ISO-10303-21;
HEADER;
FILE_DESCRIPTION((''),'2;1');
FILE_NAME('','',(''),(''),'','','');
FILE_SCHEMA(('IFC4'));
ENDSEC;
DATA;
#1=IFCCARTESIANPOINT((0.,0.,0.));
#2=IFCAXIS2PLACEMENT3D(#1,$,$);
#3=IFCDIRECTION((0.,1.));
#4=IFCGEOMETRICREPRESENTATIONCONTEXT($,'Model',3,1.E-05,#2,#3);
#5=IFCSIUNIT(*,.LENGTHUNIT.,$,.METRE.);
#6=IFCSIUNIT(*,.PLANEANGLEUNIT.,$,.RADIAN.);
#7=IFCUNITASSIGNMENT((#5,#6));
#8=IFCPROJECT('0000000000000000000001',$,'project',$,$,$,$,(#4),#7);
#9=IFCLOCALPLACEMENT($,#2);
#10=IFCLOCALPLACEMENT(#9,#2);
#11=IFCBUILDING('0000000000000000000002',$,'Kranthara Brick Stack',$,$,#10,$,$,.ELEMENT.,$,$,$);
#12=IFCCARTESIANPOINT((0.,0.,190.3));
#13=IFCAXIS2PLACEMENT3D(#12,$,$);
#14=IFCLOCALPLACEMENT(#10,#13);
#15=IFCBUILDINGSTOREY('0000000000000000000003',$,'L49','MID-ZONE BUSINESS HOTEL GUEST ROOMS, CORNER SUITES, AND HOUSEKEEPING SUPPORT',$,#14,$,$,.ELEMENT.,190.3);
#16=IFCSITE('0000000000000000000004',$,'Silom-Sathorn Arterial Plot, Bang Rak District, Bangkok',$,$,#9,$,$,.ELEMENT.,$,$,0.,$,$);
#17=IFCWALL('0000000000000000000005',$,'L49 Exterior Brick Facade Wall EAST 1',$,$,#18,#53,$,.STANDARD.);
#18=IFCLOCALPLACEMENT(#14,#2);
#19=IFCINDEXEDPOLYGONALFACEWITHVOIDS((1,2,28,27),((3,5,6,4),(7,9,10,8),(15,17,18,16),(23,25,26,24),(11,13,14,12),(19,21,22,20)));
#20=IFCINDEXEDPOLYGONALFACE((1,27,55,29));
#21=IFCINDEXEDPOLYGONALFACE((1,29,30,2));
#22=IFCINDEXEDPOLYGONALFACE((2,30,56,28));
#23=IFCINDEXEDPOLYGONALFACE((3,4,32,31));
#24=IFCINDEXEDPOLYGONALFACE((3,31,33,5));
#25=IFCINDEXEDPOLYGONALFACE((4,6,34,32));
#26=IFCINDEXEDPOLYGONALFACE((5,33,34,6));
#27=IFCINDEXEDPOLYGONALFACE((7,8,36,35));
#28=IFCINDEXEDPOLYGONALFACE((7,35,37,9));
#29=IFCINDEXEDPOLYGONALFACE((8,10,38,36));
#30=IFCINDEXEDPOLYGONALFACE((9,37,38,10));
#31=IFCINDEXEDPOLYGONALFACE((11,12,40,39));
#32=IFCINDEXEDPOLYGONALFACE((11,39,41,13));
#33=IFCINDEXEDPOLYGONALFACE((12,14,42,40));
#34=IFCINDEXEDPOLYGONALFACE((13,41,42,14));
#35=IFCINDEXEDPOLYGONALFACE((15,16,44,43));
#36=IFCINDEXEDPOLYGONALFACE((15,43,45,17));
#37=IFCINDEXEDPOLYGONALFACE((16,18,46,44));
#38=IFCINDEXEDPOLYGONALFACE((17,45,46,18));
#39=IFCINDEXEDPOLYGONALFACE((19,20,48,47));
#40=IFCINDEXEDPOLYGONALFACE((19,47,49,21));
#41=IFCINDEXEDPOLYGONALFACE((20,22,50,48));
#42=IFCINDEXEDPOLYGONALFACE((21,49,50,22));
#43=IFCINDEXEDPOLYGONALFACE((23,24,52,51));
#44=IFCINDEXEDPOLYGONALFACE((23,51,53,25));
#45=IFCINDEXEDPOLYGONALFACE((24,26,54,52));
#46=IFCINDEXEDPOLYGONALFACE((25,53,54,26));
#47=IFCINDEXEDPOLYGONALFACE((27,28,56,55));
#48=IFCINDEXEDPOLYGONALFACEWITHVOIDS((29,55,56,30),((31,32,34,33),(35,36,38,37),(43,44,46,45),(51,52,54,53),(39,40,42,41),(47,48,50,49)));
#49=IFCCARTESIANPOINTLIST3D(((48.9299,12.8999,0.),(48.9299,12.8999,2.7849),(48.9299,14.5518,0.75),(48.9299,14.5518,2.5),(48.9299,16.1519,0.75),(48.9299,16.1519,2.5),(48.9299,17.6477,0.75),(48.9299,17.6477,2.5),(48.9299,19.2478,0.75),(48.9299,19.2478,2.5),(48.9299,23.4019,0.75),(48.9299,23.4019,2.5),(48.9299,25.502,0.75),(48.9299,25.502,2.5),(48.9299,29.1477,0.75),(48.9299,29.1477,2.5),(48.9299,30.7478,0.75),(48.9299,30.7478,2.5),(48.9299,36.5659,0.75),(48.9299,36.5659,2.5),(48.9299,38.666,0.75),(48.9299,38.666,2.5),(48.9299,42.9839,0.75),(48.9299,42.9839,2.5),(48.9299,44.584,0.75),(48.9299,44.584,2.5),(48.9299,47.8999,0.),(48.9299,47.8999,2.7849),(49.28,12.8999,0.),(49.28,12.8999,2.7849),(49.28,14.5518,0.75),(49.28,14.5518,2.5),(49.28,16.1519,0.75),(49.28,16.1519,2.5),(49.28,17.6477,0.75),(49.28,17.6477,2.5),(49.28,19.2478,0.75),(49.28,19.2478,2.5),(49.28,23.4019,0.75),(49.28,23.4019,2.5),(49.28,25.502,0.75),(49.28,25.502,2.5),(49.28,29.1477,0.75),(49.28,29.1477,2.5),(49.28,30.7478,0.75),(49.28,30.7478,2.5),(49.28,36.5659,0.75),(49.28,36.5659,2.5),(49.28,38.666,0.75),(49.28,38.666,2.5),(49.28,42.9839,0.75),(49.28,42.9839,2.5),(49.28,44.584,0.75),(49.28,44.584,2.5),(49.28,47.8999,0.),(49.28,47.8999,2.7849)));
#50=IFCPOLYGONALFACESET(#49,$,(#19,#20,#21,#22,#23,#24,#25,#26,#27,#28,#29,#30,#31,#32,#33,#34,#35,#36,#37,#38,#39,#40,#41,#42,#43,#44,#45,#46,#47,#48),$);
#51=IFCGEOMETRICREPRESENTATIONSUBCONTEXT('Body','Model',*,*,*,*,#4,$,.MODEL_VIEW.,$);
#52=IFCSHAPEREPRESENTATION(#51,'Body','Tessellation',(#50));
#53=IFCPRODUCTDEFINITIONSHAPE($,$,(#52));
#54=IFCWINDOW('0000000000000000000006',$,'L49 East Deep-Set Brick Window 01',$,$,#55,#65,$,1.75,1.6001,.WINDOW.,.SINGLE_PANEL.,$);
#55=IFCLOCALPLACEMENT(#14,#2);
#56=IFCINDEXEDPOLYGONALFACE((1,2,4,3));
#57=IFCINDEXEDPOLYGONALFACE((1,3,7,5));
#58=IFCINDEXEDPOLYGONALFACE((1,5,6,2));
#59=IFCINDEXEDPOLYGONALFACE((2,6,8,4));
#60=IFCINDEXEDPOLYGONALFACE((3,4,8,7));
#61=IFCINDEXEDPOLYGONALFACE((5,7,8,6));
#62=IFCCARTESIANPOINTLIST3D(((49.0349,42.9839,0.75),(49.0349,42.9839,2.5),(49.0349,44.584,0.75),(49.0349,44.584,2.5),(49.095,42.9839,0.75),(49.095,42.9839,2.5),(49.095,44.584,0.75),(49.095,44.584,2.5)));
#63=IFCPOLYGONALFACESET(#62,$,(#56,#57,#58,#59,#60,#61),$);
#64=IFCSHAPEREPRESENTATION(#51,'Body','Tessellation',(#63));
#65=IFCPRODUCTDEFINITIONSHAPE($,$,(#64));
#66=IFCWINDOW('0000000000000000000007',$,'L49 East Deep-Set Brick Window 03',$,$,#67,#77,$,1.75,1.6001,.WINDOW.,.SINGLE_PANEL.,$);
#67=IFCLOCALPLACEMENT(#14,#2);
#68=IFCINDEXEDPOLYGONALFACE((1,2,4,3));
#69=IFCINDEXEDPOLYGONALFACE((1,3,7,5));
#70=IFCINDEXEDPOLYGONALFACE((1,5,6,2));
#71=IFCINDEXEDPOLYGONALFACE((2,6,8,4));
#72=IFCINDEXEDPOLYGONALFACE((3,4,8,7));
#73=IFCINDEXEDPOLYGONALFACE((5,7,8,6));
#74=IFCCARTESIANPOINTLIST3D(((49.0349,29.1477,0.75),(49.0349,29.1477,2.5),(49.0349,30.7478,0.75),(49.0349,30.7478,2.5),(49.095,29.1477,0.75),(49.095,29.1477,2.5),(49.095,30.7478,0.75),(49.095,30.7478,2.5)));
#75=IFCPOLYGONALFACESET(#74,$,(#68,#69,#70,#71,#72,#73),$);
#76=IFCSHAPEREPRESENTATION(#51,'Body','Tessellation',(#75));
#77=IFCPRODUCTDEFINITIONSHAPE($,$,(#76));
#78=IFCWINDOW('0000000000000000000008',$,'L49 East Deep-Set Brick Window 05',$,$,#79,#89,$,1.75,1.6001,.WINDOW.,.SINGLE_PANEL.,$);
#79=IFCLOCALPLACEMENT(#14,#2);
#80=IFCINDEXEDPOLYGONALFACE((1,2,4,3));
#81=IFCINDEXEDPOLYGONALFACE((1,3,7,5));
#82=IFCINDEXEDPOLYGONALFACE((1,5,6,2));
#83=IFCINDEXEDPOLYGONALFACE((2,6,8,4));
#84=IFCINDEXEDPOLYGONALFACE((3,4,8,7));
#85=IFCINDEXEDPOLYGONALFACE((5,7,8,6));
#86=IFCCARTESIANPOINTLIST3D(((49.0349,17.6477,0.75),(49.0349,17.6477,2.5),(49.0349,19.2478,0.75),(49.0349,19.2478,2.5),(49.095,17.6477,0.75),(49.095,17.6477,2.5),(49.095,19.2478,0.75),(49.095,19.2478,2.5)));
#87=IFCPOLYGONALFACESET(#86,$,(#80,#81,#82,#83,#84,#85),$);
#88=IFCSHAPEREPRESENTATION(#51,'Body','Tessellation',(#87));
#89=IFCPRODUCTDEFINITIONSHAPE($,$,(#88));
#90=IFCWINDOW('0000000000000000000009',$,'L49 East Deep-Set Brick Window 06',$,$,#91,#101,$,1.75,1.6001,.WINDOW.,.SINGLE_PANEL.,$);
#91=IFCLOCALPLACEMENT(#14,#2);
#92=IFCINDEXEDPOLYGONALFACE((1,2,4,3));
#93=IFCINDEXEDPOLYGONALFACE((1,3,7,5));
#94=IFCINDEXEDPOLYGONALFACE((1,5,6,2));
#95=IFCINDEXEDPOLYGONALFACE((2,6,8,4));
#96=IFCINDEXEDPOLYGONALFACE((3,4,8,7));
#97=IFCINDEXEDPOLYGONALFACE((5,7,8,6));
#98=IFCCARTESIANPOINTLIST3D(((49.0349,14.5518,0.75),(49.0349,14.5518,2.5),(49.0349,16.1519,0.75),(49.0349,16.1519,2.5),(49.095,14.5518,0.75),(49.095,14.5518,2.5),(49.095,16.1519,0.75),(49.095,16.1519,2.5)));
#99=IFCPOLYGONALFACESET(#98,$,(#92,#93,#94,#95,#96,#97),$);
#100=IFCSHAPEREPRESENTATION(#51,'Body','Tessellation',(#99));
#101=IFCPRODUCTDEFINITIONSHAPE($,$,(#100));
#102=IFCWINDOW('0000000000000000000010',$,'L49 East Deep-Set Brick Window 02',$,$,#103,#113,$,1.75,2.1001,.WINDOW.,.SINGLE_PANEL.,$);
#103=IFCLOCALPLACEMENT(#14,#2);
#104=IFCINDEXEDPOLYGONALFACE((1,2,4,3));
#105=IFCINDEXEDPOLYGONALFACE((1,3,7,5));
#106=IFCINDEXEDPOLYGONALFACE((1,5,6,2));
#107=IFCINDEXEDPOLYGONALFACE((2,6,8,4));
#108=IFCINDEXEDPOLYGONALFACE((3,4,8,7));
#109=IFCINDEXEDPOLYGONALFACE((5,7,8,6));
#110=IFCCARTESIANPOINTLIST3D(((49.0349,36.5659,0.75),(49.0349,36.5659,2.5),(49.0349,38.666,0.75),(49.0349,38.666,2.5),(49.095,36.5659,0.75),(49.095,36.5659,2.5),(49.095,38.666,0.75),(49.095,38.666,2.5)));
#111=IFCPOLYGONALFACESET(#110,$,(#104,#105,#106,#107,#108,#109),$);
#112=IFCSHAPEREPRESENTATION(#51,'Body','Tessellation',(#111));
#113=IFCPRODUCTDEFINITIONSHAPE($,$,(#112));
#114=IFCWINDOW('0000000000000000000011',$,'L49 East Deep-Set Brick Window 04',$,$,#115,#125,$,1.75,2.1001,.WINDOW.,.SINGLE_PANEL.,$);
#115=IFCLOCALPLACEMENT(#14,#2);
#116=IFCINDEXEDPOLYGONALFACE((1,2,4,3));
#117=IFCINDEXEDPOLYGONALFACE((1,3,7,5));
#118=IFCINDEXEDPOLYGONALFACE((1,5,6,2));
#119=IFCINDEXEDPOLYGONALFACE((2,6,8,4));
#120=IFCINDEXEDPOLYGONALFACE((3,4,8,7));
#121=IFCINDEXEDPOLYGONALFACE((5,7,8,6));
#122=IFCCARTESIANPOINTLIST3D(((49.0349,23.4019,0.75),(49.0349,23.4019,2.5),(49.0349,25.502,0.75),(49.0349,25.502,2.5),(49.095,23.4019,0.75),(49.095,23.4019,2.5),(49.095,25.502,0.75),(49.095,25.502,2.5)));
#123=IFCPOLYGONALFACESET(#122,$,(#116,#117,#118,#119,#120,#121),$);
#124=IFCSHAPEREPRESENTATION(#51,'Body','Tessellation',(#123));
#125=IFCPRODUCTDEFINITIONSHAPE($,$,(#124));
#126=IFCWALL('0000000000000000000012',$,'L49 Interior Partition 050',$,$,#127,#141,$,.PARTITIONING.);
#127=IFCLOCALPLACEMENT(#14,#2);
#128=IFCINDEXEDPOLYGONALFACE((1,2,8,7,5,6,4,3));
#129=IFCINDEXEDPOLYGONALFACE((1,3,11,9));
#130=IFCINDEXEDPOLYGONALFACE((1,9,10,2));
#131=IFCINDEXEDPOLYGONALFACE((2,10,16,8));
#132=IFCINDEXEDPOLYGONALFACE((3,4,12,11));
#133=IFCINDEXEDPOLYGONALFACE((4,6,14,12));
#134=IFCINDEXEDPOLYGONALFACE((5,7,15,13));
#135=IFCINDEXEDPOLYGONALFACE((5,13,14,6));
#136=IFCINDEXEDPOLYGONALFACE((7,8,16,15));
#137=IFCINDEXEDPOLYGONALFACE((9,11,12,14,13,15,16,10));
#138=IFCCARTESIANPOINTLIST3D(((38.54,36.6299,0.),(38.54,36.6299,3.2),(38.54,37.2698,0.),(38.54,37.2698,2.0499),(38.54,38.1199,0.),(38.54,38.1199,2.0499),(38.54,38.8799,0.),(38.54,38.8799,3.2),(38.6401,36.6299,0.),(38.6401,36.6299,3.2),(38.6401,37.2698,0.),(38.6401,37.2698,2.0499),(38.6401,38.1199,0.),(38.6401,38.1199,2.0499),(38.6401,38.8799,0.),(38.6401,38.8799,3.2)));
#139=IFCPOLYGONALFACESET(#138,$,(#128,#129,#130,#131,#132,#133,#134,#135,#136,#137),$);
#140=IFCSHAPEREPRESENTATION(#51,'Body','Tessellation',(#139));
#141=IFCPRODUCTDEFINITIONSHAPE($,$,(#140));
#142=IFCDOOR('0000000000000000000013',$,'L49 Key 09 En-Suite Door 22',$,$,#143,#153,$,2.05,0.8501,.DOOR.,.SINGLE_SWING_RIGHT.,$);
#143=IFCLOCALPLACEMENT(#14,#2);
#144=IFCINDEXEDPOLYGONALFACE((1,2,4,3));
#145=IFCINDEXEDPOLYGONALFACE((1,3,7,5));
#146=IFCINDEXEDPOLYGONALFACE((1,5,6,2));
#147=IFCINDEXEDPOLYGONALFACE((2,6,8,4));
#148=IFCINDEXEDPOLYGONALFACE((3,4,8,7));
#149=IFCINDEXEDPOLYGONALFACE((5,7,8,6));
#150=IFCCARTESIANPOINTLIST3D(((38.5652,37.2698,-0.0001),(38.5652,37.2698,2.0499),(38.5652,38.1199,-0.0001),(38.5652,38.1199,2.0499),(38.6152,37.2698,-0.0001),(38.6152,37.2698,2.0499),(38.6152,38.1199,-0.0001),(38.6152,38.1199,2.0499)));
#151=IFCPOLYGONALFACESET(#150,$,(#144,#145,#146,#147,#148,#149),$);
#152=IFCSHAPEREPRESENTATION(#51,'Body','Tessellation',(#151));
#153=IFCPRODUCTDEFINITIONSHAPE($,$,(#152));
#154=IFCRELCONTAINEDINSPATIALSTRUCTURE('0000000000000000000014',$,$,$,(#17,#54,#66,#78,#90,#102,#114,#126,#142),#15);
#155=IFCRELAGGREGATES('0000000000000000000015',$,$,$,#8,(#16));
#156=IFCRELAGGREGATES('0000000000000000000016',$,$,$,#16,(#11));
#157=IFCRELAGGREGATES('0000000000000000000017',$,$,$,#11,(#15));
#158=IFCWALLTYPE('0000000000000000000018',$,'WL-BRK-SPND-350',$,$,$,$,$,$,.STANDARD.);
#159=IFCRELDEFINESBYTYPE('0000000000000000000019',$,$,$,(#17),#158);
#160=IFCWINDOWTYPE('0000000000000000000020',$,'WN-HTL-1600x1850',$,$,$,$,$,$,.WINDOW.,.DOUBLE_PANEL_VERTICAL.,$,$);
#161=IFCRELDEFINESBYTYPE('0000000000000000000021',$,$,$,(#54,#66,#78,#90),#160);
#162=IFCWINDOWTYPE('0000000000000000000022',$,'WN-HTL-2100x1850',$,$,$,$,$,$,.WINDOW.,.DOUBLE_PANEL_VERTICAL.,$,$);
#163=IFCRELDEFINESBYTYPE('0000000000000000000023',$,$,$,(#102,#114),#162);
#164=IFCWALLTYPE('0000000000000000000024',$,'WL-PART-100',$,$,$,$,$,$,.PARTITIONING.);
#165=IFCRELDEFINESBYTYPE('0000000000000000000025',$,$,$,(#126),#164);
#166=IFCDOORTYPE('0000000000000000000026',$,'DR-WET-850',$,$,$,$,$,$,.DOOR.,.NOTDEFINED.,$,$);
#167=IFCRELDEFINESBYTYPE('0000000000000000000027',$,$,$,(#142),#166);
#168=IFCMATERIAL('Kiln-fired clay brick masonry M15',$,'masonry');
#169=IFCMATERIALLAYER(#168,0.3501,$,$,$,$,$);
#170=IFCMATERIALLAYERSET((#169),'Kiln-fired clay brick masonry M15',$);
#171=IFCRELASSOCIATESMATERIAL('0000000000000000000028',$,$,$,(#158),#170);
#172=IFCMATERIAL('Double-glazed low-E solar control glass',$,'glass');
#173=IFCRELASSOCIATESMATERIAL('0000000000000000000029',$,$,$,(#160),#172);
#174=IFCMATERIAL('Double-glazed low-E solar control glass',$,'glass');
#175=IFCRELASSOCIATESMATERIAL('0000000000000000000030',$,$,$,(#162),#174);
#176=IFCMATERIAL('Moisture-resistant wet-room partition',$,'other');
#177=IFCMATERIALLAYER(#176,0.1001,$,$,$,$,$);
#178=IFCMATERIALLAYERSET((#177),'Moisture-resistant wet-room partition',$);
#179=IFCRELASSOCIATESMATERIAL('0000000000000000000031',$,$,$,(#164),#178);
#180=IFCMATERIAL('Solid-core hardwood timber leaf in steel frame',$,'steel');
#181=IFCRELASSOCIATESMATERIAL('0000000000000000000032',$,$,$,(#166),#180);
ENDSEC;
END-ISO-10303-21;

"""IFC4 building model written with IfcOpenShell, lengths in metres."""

from ifc_helpers import new_model, si_unit, direction, frame, frame_2d, origin, place, context, subcontext, project, spatial, rectangle, extrude, material, layer, layer_set, type_object, element, fill, save


model = new_model("IFC4")

# Units and contexts
model_context = context("Model", 3, precision=1e-05, world=origin(), true_north=direction((0.0, 1.0)))
body_context = subcontext(model_context, "Body", "Model", "MODEL_VIEW")
ifc_project = project(units=[si_unit("LENGTHUNIT", "METRE"), si_unit("PLANEANGLEUNIT", "RADIAN")], contexts=[model_context])

# Site, building, storey
site_placement = place(None, origin())
site = spatial("IfcSite", under=ifc_project, at=site_placement, Name="Silom-Sathorn Arterial Plot, Bang Rak District, Bangkok", CompositionType="ELEMENT", RefElevation=0.0)
building_placement = place(site_placement, origin())
building = spatial("IfcBuilding", under=site, at=building_placement, Name="Kranthara Brick Stack", CompositionType="ELEMENT")
storey_placement = place(building_placement, frame((0.0, 0.0, 190.3)))
storey = spatial("IfcBuildingStorey", under=building, at=storey_placement, Name="L49", Description="MID-ZONE BUSINESS HOTEL GUEST ROOMS, CORNER SUITES, AND HOUSEKEEPING SUPPORT", CompositionType="ELEMENT", Elevation=190.3)

# Shared definitions
ifc_material_1 = material(Name="Kiln-fired clay brick masonry M15", Category="masonry")
ifc_layer_1 = layer(ifc_material_1, 0.3501)
ifc_layer_set_1 = layer_set([ifc_layer_1], Name="Kiln-fired clay brick masonry M15")
wall_type_1 = type_object("IfcWallType", Name="WL-BRK-SPND-350", PredefinedType="STANDARD", material=ifc_layer_set_1)

# Wall, openings, windows
wall_1_placement = place(storey_placement, frame((49.105, 47.8999, 0.0), z_axis=(0.0, 0.0, 1.0), x_axis=(0.0, -1.0, 0.0)))
wall_1 = element("IfcWall", 1, at=wall_1_placement, inside=storey, type_object=wall_type_1, Name="L49 Exterior Brick Facade Wall EAST 1", PredefinedType="STANDARD", context=body_context, shape_type="SweptSolid", body=[
    extrude(rectangle(XDim=35.0, YDim=0.3501, at=frame_2d((17.5, 0.0))), origin(), (0.0, 0.0, 1.0), 2.7849),
])
opening_1_placement = place(wall_1_placement, frame((3.3159, 0.0, 0.75)))
opening_1 = element("IfcOpeningElement", 2, at=opening_1_placement, cuts=wall_1, PredefinedType="OPENING", context=body_context, shape_type="SweptSolid", body=[
    extrude(rectangle(XDim=1.6001, YDim=1.75, at=frame_2d((0.8, 0.875))), frame((0.0, 0.1851, 0.0), z_axis=(0.0, -1.0, 0.0), x_axis=(1.0, 0.0, 0.0)), (0.0, 0.0, 1.0), 0.3701),
])
opening_2_placement = place(wall_1_placement, frame((9.2339, 0.0, 0.75)))
opening_2 = element("IfcOpeningElement", 3, at=opening_2_placement, cuts=wall_1, PredefinedType="OPENING", context=body_context, shape_type="SweptSolid", body=[
    extrude(rectangle(XDim=2.1001, YDim=1.75, at=frame_2d((1.05, 0.875))), frame((0.0, 0.1851, 0.0), z_axis=(0.0, -1.0, 0.0), x_axis=(1.0, 0.0, 0.0)), (0.0, 0.0, 1.0), 0.3701),
])
opening_3_placement = place(wall_1_placement, frame((17.1521, 0.0, 0.75)))
opening_3 = element("IfcOpeningElement", 4, at=opening_3_placement, cuts=wall_1, PredefinedType="OPENING", context=body_context, shape_type="SweptSolid", body=[
    extrude(rectangle(XDim=1.6001, YDim=1.75, at=frame_2d((0.8, 0.875))), frame((0.0, 0.1851, 0.0), z_axis=(0.0, -1.0, 0.0), x_axis=(1.0, 0.0, 0.0)), (0.0, 0.0, 1.0), 0.3701),
])
opening_4_placement = place(wall_1_placement, frame((22.3979, 0.0, 0.75)))
opening_4 = element("IfcOpeningElement", 5, at=opening_4_placement, cuts=wall_1, PredefinedType="OPENING", context=body_context, shape_type="SweptSolid", body=[
    extrude(rectangle(XDim=2.1001, YDim=1.75, at=frame_2d((1.05, 0.875))), frame((0.0, 0.1851, 0.0), z_axis=(0.0, -1.0, 0.0), x_axis=(1.0, 0.0, 0.0)), (0.0, 0.0, 1.0), 0.3701),
])
opening_5_placement = place(wall_1_placement, frame((28.6521, 0.0, 0.75)))
opening_5 = element("IfcOpeningElement", 6, at=opening_5_placement, cuts=wall_1, PredefinedType="OPENING", context=body_context, shape_type="SweptSolid", body=[
    extrude(rectangle(XDim=1.6001, YDim=1.75, at=frame_2d((0.8, 0.875))), frame((0.0, 0.1851, 0.0), z_axis=(0.0, -1.0, 0.0), x_axis=(1.0, 0.0, 0.0)), (0.0, 0.0, 1.0), 0.3701),
])
opening_6_placement = place(wall_1_placement, frame((31.748, 0.0, 0.75)))
opening_6 = element("IfcOpeningElement", 7, at=opening_6_placement, cuts=wall_1, PredefinedType="OPENING", context=body_context, shape_type="SweptSolid", body=[
    extrude(rectangle(XDim=1.6001, YDim=1.75, at=frame_2d((0.8, 0.875))), frame((0.0, 0.1851, 0.0), z_axis=(0.0, -1.0, 0.0), x_axis=(1.0, 0.0, 0.0)), (0.0, 0.0, 1.0), 0.3701),
])
ifc_material_2 = material(Name="Double-glazed low-E solar control glass", Category="glass")
window_type_1 = type_object("IfcWindowType", Name="WN-HTL-1600x1850", PartitioningType="DOUBLE_PANEL_VERTICAL", PredefinedType="WINDOW", material=ifc_material_2)
window_1_placement = place(opening_1_placement, origin())
window_1 = element("IfcWindow", 8, at=window_1_placement, inside=storey, type_object=window_type_1, Name="L49 East Deep-Set Brick Window 01", OverallHeight=1.75, OverallWidth=1.6001, PartitioningType="SINGLE_PANEL", PredefinedType="WINDOW", context=body_context, shape_type="SweptSolid", body=[
    extrude(rectangle(XDim=1.6001, YDim=1.75, at=frame_2d((0.8, 0.875))), frame((0.0, -0.01, 0.0), z_axis=(0.0, -1.0, 0.0), x_axis=(1.0, 0.0, 0.0)), (0.0, 0.0, 1.0), 0.0601),
])
fill(opening_1, window_1)
window_2_placement = place(opening_3_placement, origin())
window_2 = element("IfcWindow", 9, at=window_2_placement, inside=storey, type_object=window_type_1, Name="L49 East Deep-Set Brick Window 03", OverallHeight=1.75, OverallWidth=1.6001, PartitioningType="SINGLE_PANEL", PredefinedType="WINDOW", context=body_context, shape_type="SweptSolid", body=[
    extrude(rectangle(XDim=1.6001, YDim=1.75, at=frame_2d((0.8, 0.875))), frame((0.0, -0.01, 0.0), z_axis=(0.0, -1.0, 0.0), x_axis=(1.0, 0.0, 0.0)), (0.0, 0.0, 1.0), 0.0601),
])
fill(opening_3, window_2)
window_3_placement = place(opening_5_placement, origin())
window_3 = element("IfcWindow", 10, at=window_3_placement, inside=storey, type_object=window_type_1, Name="L49 East Deep-Set Brick Window 05", OverallHeight=1.75, OverallWidth=1.6001, PartitioningType="SINGLE_PANEL", PredefinedType="WINDOW", context=body_context, shape_type="SweptSolid", body=[
    extrude(rectangle(XDim=1.6001, YDim=1.75, at=frame_2d((0.8, 0.875))), frame((0.0, -0.01, 0.0), z_axis=(0.0, -1.0, 0.0), x_axis=(1.0, 0.0, 0.0)), (0.0, 0.0, 1.0), 0.0601),
])
fill(opening_5, window_3)
window_4_placement = place(opening_6_placement, origin())
window_4 = element("IfcWindow", 11, at=window_4_placement, inside=storey, type_object=window_type_1, Name="L49 East Deep-Set Brick Window 06", OverallHeight=1.75, OverallWidth=1.6001, PartitioningType="SINGLE_PANEL", PredefinedType="WINDOW", context=body_context, shape_type="SweptSolid", body=[
    extrude(rectangle(XDim=1.6001, YDim=1.75, at=frame_2d((0.8, 0.875))), frame((0.0, -0.01, 0.0), z_axis=(0.0, -1.0, 0.0), x_axis=(1.0, 0.0, 0.0)), (0.0, 0.0, 1.0), 0.0601),
])
fill(opening_6, window_4)
ifc_material_3 = material(Name="Double-glazed low-E solar control glass", Category="glass")
window_type_2 = type_object("IfcWindowType", Name="WN-HTL-2100x1850", PartitioningType="DOUBLE_PANEL_VERTICAL", PredefinedType="WINDOW", material=ifc_material_3)
window_5_placement = place(opening_2_placement, origin())
window_5 = element("IfcWindow", 12, at=window_5_placement, inside=storey, type_object=window_type_2, Name="L49 East Deep-Set Brick Window 02", OverallHeight=1.75, OverallWidth=2.1001, PartitioningType="SINGLE_PANEL", PredefinedType="WINDOW", context=body_context, shape_type="SweptSolid", body=[
    extrude(rectangle(XDim=2.1001, YDim=1.75, at=frame_2d((1.05, 0.875))), frame((0.0, -0.01, 0.0), z_axis=(0.0, -1.0, 0.0), x_axis=(1.0, 0.0, 0.0)), (0.0, 0.0, 1.0), 0.0601),
])
fill(opening_2, window_5)
window_6_placement = place(opening_4_placement, origin())
window_6 = element("IfcWindow", 13, at=window_6_placement, inside=storey, type_object=window_type_2, Name="L49 East Deep-Set Brick Window 04", OverallHeight=1.75, OverallWidth=2.1001, PartitioningType="SINGLE_PANEL", PredefinedType="WINDOW", context=body_context, shape_type="SweptSolid", body=[
    extrude(rectangle(XDim=2.1001, YDim=1.75, at=frame_2d((1.05, 0.875))), frame((0.0, -0.01, 0.0), z_axis=(0.0, -1.0, 0.0), x_axis=(1.0, 0.0, 0.0)), (0.0, 0.0, 1.0), 0.0601),
])
fill(opening_4, window_6)

# Wall, opening, door
ifc_material_4 = material(Name="Moisture-resistant wet-room partition", Category="other")
ifc_layer_2 = layer(ifc_material_4, 0.1001)
ifc_layer_set_2 = layer_set([ifc_layer_2], Name="Moisture-resistant wet-room partition")
wall_type_2 = type_object("IfcWallType", Name="WL-PART-100", PredefinedType="PARTITIONING", material=ifc_layer_set_2)
wall_2_placement = place(storey_placement, frame((38.5901, 36.6299, 0.0), z_axis=(0.0, 0.0, 1.0), x_axis=(0.0, 1.0, 0.0)))
wall_2 = element("IfcWall", 14, at=wall_2_placement, inside=storey, type_object=wall_type_2, Name="L49 Interior Partition 050", PredefinedType="PARTITIONING", context=body_context, shape_type="SweptSolid", body=[
    extrude(rectangle(XDim=2.25, YDim=0.1001, at=frame_2d((1.125, 0.0))), origin(), (0.0, 0.0, 1.0), 3.2),
])
opening_7_placement = place(wall_2_placement, frame((0.6399, 0.0, 0.0)))
opening_7 = element("IfcOpeningElement", 15, at=opening_7_placement, cuts=wall_2, PredefinedType="OPENING", context=body_context, shape_type="SweptSolid", body=[
    extrude(rectangle(XDim=0.8501, YDim=2.05, at=frame_2d((0.425, 1.0249))), frame((0.0, 0.0601, 0.0), z_axis=(0.0, -1.0, 0.0), x_axis=(1.0, 0.0, 0.0)), (0.0, 0.0, 1.0), 0.1201),
])
ifc_material_5 = material(Name="Solid-core hardwood timber leaf in steel frame", Category="steel")
door_type_1 = type_object("IfcDoorType", Name="DR-WET-850", OperationType="NOTDEFINED", PredefinedType="DOOR", material=ifc_material_5)
door_1_placement = place(opening_7_placement, origin())
door_1 = element("IfcDoor", 16, at=door_1_placement, inside=storey, type_object=door_type_1, Name="L49 Key 09 En-Suite Door 22", OperationType="SINGLE_SWING_RIGHT", OverallHeight=2.05, OverallWidth=0.8501, PredefinedType="DOOR", context=body_context, shape_type="SweptSolid", body=[
    extrude(rectangle(XDim=0.8501, YDim=2.05, at=frame_2d((0.425, 1.0249))), frame((0.0, 0.0249, 0.0), z_axis=(0.0, -1.0, 0.0), x_axis=(1.0, 0.0, 0.0)), (0.0, 0.0, 1.0), 0.05),
])
fill(opening_7, door_1)

save(model, "model.ifc")
